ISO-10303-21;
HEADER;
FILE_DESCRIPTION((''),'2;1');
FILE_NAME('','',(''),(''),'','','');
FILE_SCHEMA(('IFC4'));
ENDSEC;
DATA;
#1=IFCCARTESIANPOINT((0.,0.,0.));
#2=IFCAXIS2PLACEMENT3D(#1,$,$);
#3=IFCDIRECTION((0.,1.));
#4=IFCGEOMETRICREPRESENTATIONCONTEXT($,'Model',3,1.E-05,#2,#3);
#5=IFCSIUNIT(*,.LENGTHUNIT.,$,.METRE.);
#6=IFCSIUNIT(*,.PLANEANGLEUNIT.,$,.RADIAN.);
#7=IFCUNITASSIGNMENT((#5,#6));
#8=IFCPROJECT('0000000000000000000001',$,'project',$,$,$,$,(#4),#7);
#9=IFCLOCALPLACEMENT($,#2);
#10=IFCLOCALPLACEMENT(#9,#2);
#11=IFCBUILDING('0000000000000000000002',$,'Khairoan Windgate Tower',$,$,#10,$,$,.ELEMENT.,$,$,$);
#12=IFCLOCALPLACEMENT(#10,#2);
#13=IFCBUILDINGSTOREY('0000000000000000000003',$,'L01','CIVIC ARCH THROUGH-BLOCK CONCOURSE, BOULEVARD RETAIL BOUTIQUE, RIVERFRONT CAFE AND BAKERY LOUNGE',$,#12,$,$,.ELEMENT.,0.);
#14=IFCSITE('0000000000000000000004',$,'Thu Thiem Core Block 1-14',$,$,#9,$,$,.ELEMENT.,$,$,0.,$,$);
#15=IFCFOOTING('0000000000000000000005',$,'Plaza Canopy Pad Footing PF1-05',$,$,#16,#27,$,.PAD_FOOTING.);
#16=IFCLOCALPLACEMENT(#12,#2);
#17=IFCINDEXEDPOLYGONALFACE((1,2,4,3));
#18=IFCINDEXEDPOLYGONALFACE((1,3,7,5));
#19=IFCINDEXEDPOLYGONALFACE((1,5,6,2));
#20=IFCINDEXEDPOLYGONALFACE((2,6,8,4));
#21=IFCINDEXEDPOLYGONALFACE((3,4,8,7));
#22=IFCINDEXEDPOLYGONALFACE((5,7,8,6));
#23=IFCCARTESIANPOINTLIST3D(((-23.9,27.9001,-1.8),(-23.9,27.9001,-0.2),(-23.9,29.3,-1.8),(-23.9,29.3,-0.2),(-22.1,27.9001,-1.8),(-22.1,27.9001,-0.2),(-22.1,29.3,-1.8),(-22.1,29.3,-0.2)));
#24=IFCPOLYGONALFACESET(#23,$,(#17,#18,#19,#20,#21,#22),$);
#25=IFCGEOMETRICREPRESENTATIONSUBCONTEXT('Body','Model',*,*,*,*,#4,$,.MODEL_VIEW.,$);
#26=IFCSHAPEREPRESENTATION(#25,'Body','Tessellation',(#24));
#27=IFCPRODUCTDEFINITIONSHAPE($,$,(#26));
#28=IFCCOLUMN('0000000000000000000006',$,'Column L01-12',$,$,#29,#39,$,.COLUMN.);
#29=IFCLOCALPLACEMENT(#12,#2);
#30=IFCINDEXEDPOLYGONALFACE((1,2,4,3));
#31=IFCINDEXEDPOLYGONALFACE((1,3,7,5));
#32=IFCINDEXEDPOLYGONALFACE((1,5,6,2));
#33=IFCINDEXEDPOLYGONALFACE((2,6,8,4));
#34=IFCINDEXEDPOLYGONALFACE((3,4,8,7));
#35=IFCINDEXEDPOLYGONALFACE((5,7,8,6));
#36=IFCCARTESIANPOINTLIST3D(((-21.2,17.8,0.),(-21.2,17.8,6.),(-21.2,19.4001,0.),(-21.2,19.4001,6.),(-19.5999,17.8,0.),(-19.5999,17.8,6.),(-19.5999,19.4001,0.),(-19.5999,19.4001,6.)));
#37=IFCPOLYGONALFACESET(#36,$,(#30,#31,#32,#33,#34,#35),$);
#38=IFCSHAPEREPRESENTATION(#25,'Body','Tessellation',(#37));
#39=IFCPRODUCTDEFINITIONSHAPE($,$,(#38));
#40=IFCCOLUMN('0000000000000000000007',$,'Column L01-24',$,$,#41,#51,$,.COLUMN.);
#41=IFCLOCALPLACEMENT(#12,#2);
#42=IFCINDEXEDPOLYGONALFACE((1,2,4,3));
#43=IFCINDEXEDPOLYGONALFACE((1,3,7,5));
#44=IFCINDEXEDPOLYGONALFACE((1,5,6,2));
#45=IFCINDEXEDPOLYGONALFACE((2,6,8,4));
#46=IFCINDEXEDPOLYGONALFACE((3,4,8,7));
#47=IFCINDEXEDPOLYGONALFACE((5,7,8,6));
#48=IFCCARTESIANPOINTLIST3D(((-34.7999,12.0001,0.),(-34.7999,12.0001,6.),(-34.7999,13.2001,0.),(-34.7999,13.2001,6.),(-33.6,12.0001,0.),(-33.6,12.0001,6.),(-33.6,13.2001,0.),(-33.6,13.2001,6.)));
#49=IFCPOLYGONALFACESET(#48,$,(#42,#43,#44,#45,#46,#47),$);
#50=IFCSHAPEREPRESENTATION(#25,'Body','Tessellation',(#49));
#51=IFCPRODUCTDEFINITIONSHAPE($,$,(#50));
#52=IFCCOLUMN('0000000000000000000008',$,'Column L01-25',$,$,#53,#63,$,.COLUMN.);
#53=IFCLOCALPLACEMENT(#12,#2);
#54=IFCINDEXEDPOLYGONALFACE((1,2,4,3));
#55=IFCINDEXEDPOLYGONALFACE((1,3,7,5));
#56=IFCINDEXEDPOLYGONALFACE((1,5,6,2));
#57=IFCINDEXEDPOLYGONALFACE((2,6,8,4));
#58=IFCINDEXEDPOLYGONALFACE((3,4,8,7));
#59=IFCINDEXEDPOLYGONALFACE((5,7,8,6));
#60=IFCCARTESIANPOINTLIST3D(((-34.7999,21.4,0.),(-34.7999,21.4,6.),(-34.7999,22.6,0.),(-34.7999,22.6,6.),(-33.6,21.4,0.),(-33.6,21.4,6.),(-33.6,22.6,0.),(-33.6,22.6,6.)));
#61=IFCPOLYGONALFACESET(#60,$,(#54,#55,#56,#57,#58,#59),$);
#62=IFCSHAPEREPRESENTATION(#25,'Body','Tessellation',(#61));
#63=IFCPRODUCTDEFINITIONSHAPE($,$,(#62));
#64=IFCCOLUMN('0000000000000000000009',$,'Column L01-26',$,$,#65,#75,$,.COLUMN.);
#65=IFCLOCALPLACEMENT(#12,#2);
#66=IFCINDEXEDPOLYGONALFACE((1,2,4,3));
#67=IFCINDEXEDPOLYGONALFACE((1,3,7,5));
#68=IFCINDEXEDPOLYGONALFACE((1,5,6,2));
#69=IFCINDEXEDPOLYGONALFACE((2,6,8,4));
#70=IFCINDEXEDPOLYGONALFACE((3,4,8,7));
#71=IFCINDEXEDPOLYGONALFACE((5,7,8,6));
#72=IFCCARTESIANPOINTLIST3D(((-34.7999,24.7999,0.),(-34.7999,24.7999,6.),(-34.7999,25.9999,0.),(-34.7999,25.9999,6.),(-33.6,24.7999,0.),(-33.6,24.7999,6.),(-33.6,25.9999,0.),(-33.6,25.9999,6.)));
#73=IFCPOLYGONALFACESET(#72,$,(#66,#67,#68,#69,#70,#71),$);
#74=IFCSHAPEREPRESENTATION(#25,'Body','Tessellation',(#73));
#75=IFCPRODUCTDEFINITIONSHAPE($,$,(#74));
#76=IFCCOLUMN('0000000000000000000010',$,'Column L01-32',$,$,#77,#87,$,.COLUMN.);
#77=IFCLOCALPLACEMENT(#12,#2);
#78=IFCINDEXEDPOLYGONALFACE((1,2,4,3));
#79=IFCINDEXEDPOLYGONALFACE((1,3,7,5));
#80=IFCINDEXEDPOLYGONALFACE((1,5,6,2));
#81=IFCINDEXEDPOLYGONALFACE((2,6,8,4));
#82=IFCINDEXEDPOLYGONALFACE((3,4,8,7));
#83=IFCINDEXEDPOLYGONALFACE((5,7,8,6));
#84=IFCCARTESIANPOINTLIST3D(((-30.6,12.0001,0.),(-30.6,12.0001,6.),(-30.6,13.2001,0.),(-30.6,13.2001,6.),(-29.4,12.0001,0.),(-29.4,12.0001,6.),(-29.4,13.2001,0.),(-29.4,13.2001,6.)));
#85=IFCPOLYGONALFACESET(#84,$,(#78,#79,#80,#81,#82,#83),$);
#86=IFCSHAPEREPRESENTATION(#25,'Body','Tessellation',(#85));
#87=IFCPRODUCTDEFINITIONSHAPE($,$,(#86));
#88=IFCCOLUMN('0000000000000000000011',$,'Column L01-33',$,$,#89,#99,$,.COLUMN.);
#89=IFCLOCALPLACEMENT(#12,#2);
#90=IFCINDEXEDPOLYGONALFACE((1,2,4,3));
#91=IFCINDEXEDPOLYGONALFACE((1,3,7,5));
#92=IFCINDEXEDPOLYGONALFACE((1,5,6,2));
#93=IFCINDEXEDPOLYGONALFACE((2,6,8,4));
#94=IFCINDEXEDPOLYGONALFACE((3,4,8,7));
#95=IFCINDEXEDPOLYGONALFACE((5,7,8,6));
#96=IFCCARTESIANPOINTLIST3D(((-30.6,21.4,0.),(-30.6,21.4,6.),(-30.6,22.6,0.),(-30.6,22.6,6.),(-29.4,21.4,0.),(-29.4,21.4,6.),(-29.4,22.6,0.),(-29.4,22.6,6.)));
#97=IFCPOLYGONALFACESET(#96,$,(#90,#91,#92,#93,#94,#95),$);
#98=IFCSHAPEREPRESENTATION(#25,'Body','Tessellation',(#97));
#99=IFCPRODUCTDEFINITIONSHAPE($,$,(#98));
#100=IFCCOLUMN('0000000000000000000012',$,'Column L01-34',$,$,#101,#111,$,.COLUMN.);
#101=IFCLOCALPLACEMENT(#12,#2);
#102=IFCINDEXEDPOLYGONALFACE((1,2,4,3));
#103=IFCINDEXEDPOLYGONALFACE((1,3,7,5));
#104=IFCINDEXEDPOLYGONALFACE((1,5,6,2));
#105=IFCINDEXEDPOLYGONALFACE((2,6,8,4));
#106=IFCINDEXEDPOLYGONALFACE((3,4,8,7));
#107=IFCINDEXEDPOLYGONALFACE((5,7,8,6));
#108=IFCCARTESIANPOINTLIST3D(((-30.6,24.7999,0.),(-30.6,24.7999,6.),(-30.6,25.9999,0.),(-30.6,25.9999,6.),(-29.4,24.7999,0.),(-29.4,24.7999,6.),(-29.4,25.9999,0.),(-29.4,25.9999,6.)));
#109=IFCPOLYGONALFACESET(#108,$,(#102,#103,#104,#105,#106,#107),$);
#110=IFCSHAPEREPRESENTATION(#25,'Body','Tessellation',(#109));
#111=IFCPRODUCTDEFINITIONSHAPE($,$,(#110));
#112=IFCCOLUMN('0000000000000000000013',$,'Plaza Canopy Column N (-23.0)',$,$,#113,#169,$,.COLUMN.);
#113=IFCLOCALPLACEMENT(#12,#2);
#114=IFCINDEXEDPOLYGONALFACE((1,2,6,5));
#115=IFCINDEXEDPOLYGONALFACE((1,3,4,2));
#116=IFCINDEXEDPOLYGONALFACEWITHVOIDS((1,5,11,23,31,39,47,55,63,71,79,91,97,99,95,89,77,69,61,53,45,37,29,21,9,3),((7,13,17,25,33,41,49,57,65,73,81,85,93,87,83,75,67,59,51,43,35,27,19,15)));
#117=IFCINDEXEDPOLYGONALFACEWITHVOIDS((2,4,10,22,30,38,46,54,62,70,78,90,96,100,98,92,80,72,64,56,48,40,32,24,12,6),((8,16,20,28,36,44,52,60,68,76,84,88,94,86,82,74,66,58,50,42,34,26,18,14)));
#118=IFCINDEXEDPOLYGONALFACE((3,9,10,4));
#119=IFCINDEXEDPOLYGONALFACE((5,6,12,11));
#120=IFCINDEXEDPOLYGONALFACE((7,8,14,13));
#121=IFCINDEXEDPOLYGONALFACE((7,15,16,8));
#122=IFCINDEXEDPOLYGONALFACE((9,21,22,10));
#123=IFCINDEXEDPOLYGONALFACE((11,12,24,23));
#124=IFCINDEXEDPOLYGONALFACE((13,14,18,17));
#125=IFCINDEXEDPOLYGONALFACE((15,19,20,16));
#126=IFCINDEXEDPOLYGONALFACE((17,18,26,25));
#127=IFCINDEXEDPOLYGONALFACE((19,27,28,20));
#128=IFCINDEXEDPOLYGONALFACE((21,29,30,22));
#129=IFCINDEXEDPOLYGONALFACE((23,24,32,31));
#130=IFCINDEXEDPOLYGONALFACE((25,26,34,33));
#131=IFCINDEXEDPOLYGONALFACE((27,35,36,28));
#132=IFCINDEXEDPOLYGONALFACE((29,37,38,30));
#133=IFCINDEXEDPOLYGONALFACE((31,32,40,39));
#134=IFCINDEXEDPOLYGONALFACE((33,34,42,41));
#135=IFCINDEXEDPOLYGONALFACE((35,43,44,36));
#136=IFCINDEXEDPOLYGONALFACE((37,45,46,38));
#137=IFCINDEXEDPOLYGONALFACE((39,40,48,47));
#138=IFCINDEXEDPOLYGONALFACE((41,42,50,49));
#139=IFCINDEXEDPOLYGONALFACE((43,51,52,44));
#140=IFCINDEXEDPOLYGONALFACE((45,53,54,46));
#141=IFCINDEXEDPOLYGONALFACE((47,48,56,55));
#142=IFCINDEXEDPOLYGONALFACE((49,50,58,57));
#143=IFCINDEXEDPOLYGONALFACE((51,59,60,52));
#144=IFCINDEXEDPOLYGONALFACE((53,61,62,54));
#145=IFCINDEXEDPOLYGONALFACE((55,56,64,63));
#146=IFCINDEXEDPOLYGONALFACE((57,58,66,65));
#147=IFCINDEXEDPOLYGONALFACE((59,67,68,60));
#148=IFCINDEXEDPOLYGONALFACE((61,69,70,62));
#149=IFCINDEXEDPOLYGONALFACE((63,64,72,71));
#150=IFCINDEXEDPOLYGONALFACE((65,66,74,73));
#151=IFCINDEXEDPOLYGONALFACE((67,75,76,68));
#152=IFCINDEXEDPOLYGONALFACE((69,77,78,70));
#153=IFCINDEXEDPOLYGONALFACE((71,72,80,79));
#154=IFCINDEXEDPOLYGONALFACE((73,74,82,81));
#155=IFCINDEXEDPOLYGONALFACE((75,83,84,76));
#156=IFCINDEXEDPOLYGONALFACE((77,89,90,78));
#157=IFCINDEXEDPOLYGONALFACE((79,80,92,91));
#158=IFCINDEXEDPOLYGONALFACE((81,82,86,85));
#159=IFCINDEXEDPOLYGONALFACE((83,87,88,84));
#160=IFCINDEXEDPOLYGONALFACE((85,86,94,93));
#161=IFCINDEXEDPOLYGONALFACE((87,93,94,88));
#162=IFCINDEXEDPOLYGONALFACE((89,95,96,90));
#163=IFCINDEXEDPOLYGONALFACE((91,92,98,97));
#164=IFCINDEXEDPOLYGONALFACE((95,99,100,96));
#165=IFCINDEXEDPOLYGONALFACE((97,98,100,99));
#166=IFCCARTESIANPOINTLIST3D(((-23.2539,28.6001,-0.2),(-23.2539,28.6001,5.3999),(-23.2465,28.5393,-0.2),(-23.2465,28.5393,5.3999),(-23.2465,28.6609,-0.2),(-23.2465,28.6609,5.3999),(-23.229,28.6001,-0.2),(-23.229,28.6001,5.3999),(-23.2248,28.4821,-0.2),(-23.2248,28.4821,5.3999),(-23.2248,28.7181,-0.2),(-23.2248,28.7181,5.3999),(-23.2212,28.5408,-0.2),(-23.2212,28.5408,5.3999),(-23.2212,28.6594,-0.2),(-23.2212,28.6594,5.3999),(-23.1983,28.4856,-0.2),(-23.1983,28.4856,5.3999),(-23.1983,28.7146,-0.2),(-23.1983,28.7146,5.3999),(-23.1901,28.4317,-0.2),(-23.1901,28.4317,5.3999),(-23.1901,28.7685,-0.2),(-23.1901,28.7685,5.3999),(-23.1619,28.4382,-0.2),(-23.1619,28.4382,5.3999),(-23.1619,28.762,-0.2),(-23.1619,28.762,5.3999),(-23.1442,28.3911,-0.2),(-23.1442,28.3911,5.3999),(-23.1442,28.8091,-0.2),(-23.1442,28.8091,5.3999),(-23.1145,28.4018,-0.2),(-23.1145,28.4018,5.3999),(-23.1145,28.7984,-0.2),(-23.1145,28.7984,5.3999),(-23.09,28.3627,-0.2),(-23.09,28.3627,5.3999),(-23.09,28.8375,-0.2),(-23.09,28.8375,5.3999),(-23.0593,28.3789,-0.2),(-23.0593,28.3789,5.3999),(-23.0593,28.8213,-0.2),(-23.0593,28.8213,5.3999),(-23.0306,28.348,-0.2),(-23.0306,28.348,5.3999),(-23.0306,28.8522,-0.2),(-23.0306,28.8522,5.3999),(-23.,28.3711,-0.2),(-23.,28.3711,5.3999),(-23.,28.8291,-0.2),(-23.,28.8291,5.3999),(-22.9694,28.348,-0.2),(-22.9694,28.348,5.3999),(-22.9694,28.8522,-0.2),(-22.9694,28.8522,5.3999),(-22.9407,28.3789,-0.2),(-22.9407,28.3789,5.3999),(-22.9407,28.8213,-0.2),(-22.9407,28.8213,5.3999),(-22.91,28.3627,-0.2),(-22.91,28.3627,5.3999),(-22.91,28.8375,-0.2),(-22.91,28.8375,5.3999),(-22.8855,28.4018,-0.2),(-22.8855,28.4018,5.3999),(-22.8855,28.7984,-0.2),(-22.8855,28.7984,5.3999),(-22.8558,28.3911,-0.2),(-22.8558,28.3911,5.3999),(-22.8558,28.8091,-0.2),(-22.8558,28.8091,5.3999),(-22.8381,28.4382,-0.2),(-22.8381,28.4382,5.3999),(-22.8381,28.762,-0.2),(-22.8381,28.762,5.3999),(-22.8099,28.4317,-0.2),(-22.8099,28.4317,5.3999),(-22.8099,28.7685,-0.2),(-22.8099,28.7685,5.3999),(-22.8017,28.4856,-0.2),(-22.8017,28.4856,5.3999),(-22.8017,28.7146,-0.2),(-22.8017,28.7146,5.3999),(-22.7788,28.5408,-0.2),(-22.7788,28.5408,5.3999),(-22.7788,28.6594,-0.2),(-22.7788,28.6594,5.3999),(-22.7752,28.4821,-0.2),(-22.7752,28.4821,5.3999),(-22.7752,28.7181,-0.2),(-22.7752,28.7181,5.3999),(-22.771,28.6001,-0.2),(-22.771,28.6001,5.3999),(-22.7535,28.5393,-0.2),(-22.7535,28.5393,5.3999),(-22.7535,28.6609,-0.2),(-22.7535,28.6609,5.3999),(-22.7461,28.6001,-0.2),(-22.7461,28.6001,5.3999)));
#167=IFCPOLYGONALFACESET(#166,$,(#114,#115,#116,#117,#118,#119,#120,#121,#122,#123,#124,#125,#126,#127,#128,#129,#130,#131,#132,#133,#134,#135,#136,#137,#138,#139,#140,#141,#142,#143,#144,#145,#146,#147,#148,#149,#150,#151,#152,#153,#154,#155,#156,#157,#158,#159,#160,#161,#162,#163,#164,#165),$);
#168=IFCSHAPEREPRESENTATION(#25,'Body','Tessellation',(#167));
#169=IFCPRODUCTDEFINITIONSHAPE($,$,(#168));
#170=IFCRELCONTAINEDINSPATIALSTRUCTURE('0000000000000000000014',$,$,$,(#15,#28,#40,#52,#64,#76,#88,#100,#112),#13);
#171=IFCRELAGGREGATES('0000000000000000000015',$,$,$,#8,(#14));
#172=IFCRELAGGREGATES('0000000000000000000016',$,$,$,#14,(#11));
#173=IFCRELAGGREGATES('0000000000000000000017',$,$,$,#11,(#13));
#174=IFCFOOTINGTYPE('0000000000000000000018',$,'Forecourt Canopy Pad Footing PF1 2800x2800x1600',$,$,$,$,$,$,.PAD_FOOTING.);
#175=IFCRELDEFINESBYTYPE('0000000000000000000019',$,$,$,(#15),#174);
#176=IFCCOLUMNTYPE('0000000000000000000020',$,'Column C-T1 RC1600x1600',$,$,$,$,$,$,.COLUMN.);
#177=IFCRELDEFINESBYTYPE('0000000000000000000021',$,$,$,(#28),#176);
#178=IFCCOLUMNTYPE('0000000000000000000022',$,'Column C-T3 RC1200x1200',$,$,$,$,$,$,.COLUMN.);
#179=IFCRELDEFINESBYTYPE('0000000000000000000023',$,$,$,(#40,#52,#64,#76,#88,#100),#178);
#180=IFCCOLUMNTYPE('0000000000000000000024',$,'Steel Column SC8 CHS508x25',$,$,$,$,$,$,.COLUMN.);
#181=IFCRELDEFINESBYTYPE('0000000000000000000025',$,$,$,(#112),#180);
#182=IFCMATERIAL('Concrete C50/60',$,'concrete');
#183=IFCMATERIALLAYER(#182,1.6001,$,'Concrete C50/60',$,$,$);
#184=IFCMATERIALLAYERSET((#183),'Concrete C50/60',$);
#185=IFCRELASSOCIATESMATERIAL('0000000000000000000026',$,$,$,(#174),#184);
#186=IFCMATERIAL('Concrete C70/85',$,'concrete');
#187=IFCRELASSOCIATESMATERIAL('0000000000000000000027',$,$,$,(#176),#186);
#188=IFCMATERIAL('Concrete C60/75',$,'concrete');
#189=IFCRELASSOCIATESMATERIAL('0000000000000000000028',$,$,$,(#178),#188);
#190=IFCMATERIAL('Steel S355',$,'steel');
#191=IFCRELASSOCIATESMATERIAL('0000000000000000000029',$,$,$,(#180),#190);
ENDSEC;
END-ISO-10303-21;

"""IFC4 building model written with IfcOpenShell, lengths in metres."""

from ifc_helpers import new_model, si_unit, direction, frame, origin, origin_2d, place, context, subcontext, project, spatial, rectangle, hollow_circle, extrude, material, layer, layer_set, material_profile, profile_set, type_object, element, save


model = new_model("IFC4")

# Units and contexts
model_context = context("Model", 3, precision=1e-05, world=origin(), true_north=direction((0.0, 1.0)))
body_context = subcontext(model_context, "Body", "Model", "MODEL_VIEW")
ifc_project = project(units=[si_unit("LENGTHUNIT", "METRE"), si_unit("PLANEANGLEUNIT", "RADIAN")], contexts=[model_context])

# Site, building, storey
site_placement = place(None, origin())
site = spatial("IfcSite", under=ifc_project, at=site_placement, Name="Thu Thiem Core Block 1-14", CompositionType="ELEMENT", RefElevation=0.0)
building_placement = place(site_placement, origin())
building = spatial("IfcBuilding", under=site, at=building_placement, Name="Khairoan Windgate Tower", CompositionType="ELEMENT")
storey_placement = place(building_placement, origin())
storey = spatial("IfcBuildingStorey", under=building, at=storey_placement, Name="L01", Description="CIVIC ARCH THROUGH-BLOCK CONCOURSE, BOULEVARD RETAIL BOUTIQUE, RIVERFRONT CAFE AND BAKERY LOUNGE", CompositionType="ELEMENT", Elevation=0.0)

# Footing
ifc_material_1 = material(Name="Concrete C50/60", Category="concrete")
ifc_layer_1 = layer(ifc_material_1, 1.6001, Name="Concrete C50/60")
ifc_layer_set_1 = layer_set([ifc_layer_1], Name="Concrete C50/60")
footing_type = type_object("IfcFootingType", Name="Forecourt Canopy Pad Footing PF1 2800x2800x1600", PredefinedType="PAD_FOOTING", material=ifc_layer_set_1)
footing_placement = place(storey_placement, frame((-23.0, 28.6001, -1.8), z_axis=(0.0, 0.0, 1.0), x_axis=(1.0, 0.0, 0.0)))
element("IfcFooting", 1, at=footing_placement, inside=storey, type_object=footing_type, Name="Plaza Canopy Pad Footing PF1-05", PredefinedType="PAD_FOOTING", context=body_context, shape_type="SweptSolid", body=[
    extrude(rectangle(XDim=1.8, YDim=1.3999, at=origin_2d()), origin(), (0.0, 0.0, 1.0), 1.6001),
])

# Columns
ifc_material_2 = material(Name="Concrete C70/85", Category="concrete")
ifc_material_profile_1 = material_profile(ifc_material_2, rectangle(XDim=1.6001, YDim=1.6001, at=origin_2d()))
ifc_profile_set_1 = profile_set([ifc_material_profile_1], Name="Concrete C70/85")
column_type_1 = type_object("IfcColumnType", Name="Column C-T1 RC1600x1600", PredefinedType="COLUMN", material=ifc_profile_set_1)
column_1_placement = place(storey_placement, frame((-20.3999, 18.6001, 0.0), z_axis=(0.0, 0.0, 1.0), x_axis=(1.0, 0.0, 0.0)))
element("IfcColumn", 2, at=column_1_placement, inside=storey, type_object=column_type_1, Name="Column L01-12", PredefinedType="COLUMN", context=body_context, shape_type="SweptSolid", body=[
    extrude(rectangle(XDim=1.6001, YDim=1.6001, at=origin_2d()), origin(), (0.0, 0.0, 1.0), 6.0),
])
ifc_material_3 = material(Name="Concrete C60/75", Category="concrete")
ifc_material_profile_2 = material_profile(ifc_material_3, rectangle(XDim=1.2, YDim=1.2, at=origin_2d()))
ifc_profile_set_2 = profile_set([ifc_material_profile_2], Name="Concrete C60/75")
column_type_2 = type_object("IfcColumnType", Name="Column C-T3 RC1200x1200", PredefinedType="COLUMN", material=ifc_profile_set_2)
for number, where, z_axis, x_axis, name in (
    (3, (-34.2, 12.6001, 0.0), (0.0, 0.0, 1.0), (1.0, 0.0, 0.0), "Column L01-24"),
    (4, (-34.2, 22.0, 0.0), (0.0, 0.0, 1.0), (1.0, 0.0, 0.0), "Column L01-25"),
    (5, (-34.2, 25.3999, 0.0), (0.0, 0.0, 1.0), (1.0, 0.0, 0.0), "Column L01-26"),
    (6, (-30.0, 12.6001, 0.0), (0.0, 0.0, 1.0), (1.0, 0.0, 0.0), "Column L01-32"),
    (7, (-30.0, 22.0, 0.0), (0.0, 0.0, 1.0), (1.0, 0.0, 0.0), "Column L01-33"),
    (8, (-30.0, 25.3999, 0.0), (0.0, 0.0, 1.0), (1.0, 0.0, 0.0), "Column L01-34"),
):
    element("IfcColumn", number, at=place(storey_placement, frame(where, z_axis=z_axis, x_axis=x_axis)), inside=storey, type_object=column_type_2, Name=name, PredefinedType="COLUMN", context=body_context, shape_type="SweptSolid", body=[
        extrude(rectangle(XDim=1.2, YDim=1.2, at=origin_2d()), origin(), (0.0, 0.0, 1.0), 6.0),
    ])
ifc_material_4 = material(Name="Steel S355", Category="steel")
ifc_material_profile_3 = material_profile(ifc_material_4, hollow_circle(Radius=0.2539, WallThickness=0.0249, at=origin_2d()))
ifc_profile_set_3 = profile_set([ifc_material_profile_3], Name="Steel S355")
column_type_3 = type_object("IfcColumnType", Name="Steel Column SC8 CHS508x25", PredefinedType="COLUMN", material=ifc_profile_set_3)
column_2_placement = place(storey_placement, frame((-23.0, 28.6001, -0.2), z_axis=(0.0, 0.0, 1.0), x_axis=(1.0, 0.0, 0.0)))
element("IfcColumn", 9, at=column_2_placement, inside=storey, type_object=column_type_3, Name="Plaza Canopy Column N (-23.0)", PredefinedType="COLUMN", context=body_context, shape_type="SweptSolid", body=[
    extrude(hollow_circle(Radius=0.2539, WallThickness=0.0249, at=origin_2d()), origin(), (0.0, 0.0, 1.0), 5.5999),
])

save(model, "model.ifc")
